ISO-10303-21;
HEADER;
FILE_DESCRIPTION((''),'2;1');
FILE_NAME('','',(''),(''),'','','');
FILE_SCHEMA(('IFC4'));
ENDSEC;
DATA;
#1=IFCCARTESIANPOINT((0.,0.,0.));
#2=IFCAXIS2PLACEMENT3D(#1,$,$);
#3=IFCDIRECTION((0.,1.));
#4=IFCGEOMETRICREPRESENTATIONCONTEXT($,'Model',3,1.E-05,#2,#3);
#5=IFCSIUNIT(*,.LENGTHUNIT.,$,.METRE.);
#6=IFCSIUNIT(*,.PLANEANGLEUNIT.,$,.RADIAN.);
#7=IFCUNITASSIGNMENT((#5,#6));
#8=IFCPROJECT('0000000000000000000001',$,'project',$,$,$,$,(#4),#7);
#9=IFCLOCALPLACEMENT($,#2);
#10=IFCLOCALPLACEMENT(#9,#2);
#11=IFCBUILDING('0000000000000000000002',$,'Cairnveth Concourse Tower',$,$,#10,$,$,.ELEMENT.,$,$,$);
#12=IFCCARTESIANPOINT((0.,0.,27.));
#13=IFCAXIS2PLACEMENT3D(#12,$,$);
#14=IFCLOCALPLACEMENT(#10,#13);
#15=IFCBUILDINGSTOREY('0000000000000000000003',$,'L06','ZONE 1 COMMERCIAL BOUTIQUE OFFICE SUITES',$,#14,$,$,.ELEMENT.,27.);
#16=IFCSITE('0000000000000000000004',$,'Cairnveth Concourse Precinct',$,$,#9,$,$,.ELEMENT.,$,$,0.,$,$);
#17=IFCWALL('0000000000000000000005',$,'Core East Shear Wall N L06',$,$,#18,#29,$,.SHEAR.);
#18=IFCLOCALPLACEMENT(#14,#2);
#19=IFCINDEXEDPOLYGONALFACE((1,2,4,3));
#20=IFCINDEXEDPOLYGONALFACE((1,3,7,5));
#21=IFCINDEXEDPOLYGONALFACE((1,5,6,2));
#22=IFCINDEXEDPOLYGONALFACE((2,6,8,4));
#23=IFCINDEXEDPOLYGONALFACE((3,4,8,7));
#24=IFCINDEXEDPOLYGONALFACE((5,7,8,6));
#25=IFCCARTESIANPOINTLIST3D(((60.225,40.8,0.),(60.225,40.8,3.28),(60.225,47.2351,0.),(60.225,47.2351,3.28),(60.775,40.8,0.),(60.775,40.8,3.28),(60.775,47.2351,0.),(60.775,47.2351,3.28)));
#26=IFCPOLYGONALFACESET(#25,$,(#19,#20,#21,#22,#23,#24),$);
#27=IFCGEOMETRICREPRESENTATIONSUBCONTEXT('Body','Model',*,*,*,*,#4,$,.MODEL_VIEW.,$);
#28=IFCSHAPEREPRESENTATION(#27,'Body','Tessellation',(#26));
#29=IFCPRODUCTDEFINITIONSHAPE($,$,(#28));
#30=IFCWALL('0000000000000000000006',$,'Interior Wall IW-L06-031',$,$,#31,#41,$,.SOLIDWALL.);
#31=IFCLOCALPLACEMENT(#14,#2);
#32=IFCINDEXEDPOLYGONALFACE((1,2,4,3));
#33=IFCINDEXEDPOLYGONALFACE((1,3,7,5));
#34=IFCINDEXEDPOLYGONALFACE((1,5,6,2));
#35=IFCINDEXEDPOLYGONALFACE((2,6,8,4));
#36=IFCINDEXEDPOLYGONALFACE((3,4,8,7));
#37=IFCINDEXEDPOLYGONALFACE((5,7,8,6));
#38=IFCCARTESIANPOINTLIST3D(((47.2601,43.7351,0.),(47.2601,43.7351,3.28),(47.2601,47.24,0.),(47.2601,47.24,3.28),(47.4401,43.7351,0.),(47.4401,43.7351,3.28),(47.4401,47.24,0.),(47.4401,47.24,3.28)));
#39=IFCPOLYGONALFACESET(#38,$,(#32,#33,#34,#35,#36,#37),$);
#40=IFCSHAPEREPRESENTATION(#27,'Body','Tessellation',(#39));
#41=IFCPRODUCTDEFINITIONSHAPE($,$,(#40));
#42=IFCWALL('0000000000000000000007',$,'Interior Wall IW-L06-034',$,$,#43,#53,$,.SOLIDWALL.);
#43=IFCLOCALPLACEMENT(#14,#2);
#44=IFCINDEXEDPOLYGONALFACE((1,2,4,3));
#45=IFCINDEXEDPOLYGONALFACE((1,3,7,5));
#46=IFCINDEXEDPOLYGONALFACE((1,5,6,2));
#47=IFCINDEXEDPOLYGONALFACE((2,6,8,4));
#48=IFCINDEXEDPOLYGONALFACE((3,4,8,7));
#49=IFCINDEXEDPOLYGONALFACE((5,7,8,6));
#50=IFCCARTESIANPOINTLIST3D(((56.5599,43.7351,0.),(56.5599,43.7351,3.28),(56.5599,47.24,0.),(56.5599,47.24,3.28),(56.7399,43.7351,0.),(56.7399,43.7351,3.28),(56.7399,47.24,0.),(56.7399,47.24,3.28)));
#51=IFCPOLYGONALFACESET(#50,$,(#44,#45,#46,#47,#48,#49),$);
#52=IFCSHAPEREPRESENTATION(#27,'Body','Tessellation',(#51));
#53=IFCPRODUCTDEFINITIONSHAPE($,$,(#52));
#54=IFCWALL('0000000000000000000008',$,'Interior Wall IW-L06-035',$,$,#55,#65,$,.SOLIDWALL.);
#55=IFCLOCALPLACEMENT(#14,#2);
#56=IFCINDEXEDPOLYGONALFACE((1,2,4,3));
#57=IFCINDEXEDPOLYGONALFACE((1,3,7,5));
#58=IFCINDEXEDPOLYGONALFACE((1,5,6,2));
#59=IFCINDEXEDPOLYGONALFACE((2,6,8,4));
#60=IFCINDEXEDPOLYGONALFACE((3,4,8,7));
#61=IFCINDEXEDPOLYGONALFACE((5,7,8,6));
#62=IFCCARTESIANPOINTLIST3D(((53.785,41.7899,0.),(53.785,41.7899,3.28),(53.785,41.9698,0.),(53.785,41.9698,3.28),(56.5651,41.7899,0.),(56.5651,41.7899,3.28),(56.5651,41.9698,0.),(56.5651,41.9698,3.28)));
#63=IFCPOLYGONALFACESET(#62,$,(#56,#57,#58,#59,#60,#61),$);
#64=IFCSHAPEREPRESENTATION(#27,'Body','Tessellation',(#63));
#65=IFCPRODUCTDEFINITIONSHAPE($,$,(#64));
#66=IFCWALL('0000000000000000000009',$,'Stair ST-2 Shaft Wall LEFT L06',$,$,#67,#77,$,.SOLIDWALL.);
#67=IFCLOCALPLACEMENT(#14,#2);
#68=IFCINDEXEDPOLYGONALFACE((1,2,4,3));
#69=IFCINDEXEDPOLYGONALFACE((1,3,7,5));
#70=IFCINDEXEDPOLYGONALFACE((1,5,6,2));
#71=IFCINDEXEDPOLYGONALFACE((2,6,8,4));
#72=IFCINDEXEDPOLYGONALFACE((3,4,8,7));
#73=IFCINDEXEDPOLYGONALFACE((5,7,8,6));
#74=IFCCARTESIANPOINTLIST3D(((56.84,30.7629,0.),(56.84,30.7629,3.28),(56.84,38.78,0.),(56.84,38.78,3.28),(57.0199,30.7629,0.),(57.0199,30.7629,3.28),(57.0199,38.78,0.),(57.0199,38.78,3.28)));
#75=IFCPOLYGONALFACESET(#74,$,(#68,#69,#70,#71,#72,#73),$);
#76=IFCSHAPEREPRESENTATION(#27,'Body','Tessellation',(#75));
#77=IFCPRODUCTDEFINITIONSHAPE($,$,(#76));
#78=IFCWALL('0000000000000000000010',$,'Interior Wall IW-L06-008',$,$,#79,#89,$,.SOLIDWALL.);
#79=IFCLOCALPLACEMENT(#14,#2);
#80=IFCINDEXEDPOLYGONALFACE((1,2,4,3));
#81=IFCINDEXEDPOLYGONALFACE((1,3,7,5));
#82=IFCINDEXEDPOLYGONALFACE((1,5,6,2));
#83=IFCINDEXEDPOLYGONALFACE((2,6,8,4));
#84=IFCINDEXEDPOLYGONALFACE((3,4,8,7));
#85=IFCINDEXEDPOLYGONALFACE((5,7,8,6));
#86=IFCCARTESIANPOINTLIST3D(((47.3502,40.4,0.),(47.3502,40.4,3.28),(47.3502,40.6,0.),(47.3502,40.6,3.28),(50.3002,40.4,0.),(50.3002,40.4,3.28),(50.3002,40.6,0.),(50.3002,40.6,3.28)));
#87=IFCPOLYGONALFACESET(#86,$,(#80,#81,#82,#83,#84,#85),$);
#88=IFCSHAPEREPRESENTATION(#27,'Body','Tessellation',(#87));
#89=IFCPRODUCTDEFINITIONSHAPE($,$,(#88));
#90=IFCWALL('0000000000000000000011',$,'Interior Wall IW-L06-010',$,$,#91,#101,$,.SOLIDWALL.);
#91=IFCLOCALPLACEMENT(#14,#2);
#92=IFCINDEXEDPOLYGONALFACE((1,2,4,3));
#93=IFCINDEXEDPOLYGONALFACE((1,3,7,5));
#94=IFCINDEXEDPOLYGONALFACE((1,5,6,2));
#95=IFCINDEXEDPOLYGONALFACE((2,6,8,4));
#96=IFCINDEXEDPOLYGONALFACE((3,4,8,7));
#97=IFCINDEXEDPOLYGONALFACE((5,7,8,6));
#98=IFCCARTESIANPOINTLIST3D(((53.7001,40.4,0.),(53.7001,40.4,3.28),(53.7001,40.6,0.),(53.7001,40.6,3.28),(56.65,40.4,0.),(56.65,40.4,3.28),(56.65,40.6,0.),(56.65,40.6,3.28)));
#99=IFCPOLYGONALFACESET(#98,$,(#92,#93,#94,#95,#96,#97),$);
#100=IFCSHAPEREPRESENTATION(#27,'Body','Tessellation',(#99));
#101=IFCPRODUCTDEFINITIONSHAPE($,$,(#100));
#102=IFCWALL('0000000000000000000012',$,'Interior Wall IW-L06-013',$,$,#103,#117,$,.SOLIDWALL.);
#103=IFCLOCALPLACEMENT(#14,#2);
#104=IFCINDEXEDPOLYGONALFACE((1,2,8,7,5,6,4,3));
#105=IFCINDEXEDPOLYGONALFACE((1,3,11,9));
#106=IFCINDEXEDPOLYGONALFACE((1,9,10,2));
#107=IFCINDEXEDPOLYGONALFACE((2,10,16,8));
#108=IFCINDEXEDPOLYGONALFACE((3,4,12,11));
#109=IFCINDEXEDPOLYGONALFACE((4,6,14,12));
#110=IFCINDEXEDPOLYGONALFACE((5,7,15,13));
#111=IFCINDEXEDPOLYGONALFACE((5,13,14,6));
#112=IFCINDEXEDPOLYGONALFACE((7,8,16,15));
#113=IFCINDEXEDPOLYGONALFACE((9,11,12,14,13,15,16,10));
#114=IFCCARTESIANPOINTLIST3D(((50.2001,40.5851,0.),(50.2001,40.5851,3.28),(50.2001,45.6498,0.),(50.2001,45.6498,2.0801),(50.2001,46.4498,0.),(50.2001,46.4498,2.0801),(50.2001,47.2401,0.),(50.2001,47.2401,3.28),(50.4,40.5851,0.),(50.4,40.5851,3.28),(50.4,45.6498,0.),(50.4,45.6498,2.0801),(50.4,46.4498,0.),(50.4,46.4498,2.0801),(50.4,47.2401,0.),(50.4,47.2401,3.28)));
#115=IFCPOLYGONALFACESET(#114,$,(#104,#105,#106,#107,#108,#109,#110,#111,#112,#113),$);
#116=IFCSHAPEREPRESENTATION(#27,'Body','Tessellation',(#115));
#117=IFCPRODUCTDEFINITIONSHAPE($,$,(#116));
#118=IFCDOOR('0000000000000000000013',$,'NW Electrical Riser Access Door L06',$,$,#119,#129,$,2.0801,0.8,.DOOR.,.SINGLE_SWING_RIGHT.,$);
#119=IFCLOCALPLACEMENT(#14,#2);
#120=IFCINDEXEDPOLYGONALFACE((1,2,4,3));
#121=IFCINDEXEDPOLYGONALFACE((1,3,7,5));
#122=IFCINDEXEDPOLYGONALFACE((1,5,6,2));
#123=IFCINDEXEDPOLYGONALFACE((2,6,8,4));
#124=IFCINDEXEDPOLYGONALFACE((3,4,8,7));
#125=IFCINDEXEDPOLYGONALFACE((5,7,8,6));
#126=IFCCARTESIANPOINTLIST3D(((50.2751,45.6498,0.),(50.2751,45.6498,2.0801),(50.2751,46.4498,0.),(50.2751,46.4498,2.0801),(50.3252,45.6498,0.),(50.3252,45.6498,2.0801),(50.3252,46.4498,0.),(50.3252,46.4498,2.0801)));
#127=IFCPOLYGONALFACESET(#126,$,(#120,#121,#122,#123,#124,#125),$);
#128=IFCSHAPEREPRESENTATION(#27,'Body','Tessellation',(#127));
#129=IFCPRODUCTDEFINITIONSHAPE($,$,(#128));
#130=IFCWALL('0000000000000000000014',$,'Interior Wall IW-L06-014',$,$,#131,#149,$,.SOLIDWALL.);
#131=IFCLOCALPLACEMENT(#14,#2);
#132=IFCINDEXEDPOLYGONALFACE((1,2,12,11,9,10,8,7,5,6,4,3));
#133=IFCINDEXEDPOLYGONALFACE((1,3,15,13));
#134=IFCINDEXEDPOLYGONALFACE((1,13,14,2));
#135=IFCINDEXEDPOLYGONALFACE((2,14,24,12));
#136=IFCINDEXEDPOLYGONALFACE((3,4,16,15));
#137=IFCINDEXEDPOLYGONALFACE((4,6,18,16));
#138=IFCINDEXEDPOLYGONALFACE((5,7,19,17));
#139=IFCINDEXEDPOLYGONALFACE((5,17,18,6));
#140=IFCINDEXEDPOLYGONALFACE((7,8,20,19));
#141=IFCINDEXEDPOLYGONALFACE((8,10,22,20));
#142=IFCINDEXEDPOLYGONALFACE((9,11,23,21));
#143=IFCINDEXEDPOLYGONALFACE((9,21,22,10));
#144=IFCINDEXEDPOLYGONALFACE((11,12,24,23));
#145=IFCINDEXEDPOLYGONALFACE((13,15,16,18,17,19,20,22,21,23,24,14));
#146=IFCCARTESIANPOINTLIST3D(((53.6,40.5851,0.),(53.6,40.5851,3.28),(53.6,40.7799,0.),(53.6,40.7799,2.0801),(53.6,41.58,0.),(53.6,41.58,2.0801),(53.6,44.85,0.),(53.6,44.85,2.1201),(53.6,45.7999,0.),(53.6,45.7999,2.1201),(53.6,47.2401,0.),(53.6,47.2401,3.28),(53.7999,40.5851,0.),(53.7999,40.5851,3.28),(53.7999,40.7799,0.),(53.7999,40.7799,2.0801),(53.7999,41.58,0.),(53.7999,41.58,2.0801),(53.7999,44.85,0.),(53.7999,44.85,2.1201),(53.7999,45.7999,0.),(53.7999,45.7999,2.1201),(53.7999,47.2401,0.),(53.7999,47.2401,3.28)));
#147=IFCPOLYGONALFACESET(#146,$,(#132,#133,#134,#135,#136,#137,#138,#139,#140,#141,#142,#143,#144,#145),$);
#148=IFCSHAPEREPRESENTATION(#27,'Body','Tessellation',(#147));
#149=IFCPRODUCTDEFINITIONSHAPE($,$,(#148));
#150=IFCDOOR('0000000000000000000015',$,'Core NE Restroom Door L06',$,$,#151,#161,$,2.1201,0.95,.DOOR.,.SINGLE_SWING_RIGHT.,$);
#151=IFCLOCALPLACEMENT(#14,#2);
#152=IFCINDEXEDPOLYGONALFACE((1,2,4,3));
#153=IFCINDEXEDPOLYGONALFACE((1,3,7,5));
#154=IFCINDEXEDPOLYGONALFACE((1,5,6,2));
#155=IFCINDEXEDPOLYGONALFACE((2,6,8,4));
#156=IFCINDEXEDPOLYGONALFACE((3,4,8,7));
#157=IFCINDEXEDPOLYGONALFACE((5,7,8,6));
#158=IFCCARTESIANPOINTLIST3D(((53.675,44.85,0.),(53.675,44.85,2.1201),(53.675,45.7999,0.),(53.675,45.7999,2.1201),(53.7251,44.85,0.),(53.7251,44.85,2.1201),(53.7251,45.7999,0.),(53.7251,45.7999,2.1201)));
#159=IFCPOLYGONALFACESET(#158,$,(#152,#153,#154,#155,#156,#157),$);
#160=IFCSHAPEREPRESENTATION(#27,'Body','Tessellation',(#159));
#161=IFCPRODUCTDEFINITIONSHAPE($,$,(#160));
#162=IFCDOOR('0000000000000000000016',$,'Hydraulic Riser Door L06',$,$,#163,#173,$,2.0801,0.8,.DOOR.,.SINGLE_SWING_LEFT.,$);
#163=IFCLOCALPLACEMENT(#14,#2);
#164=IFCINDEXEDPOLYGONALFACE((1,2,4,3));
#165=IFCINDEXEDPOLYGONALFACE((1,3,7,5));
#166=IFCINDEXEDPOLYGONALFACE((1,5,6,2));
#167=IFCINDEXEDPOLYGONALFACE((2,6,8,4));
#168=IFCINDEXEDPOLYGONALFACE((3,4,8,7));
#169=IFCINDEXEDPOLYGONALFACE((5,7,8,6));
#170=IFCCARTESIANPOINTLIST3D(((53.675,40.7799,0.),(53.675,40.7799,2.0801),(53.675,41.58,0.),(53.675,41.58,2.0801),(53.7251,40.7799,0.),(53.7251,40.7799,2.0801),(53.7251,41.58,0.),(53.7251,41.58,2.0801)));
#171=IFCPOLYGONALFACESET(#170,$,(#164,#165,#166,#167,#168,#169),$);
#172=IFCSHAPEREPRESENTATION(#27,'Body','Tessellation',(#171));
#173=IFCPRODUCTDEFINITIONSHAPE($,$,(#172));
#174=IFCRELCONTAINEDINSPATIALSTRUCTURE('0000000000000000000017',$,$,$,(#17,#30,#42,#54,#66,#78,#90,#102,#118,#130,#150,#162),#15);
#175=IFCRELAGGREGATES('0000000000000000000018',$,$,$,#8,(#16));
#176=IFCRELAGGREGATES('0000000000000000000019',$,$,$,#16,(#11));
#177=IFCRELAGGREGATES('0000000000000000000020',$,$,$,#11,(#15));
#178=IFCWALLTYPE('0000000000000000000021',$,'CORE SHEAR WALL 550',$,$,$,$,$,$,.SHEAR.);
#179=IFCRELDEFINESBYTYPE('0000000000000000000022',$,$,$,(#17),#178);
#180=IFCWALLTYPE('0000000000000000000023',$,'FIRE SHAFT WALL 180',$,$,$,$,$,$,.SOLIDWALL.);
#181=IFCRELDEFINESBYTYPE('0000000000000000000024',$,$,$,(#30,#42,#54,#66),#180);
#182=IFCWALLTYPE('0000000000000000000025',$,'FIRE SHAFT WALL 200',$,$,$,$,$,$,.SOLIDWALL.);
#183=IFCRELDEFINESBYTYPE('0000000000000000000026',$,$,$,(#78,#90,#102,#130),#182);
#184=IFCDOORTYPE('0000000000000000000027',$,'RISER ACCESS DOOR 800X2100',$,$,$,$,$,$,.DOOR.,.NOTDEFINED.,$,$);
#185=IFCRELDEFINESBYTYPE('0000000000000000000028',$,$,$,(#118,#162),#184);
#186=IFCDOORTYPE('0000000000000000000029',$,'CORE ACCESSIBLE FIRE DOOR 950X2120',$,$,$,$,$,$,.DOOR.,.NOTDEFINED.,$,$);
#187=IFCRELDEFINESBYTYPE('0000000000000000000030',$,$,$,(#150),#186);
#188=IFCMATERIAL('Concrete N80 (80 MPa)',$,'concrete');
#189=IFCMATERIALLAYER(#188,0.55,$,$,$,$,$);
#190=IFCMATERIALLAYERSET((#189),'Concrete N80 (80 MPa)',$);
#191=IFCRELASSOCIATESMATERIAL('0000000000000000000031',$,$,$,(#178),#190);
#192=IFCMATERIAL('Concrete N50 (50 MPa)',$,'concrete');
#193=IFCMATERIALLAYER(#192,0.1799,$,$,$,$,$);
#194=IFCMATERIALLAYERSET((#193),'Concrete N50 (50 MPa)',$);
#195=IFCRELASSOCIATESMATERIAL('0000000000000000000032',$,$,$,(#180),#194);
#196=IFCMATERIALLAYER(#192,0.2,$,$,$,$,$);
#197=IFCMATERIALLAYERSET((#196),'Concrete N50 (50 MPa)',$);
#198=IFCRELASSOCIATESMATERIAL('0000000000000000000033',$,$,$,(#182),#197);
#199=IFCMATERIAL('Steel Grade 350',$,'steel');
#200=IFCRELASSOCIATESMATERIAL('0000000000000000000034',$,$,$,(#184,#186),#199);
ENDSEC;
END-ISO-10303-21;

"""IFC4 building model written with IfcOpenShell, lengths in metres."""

from ifc_helpers import new_model, si_unit, direction, frame, frame_2d, origin, place, context, subcontext, project, spatial, rectangle, extrude, material, layer, layer_set, type_object, element, fill, save


model = new_model("IFC4")

# Units and contexts
model_context = context("Model", 3, precision=1e-05, world=origin(), true_north=direction((0.0, 1.0)))
body_context = subcontext(model_context, "Body", "Model", "MODEL_VIEW")
ifc_project = project(units=[si_unit("LENGTHUNIT", "METRE"), si_unit("PLANEANGLEUNIT", "RADIAN")], contexts=[model_context])

# Site, building, storey
site_placement = place(None, origin())
site = spatial("IfcSite", under=ifc_project, at=site_placement, Name="Cairnveth Concourse Precinct", CompositionType="ELEMENT", RefElevation=0.0)
building_placement = place(site_placement, origin())
building = spatial("IfcBuilding", under=site, at=building_placement, Name="Cairnveth Concourse Tower", CompositionType="ELEMENT")
storey_placement = place(building_placement, frame((0.0, 0.0, 27.0)))
storey = spatial("IfcBuildingStorey", under=building, at=storey_placement, Name="L06", Description="ZONE 1 COMMERCIAL BOUTIQUE OFFICE SUITES", CompositionType="ELEMENT", Elevation=27.0)

# Walls
ifc_material_1 = material(Name="Concrete N80 (80 MPa)", Category="concrete")
ifc_layer_1 = layer(ifc_material_1, 0.55)
ifc_layer_set_1 = layer_set([ifc_layer_1], Name="Concrete N80 (80 MPa)")
wall_type_1 = type_object("IfcWallType", Name="CORE SHEAR WALL 550", PredefinedType="SHEAR", material=ifc_layer_set_1)
wall_1_placement = place(storey_placement, frame((60.5, 40.8, 0.0), z_axis=(0.0, 0.0, 1.0), x_axis=(0.0, 1.0, 0.0)))
element("IfcWall", 1, at=wall_1_placement, inside=storey, type_object=wall_type_1, Name="Core East Shear Wall N L06", PredefinedType="SHEAR", context=body_context, shape_type="SweptSolid", body=[
    extrude(rectangle(XDim=6.4351, YDim=0.55, at=frame_2d((3.2175, 0.0))), origin(), (0.0, 0.0, 1.0), 3.28),
])
ifc_material_2 = material(Name="Concrete N50 (50 MPa)", Category="concrete")
ifc_layer_2 = layer(ifc_material_2, 0.1799)
ifc_layer_set_2 = layer_set([ifc_layer_2], Name="Concrete N50 (50 MPa)")
wall_type_2 = type_object("IfcWallType", Name="FIRE SHAFT WALL 180", PredefinedType="SOLIDWALL", material=ifc_layer_set_2)
for number, where, z_axis, x_axis, name in (
    (2, (47.3501, 43.7351, 0.0), (0.0, 0.0, 1.0), (0.0, 1.0, 0.0), "Interior Wall IW-L06-031"),
    (3, (56.6499, 43.7351, 0.0), (0.0, 0.0, 1.0), (0.0, 1.0, 0.0), "Interior Wall IW-L06-034"),
):
    element("IfcWall", number, at=place(storey_placement, frame(where, z_axis=z_axis, x_axis=x_axis)), inside=storey, type_object=wall_type_2, Name=name, PredefinedType="SOLIDWALL", context=body_context, shape_type="SweptSolid", body=[
        extrude(rectangle(XDim=3.5049, YDim=0.1799, at=frame_2d((1.7524, 0.0))), origin(), (0.0, 0.0, 1.0), 3.28),
    ])
wall_2_placement = place(storey_placement, frame((53.7849, 41.8799, 0.0), z_axis=(0.0, 0.0, 1.0), x_axis=(1.0, 0.0, 0.0)))
element("IfcWall", 4, at=wall_2_placement, inside=storey, type_object=wall_type_2, Name="Interior Wall IW-L06-035", PredefinedType="SOLIDWALL", context=body_context, shape_type="SweptSolid", body=[
    extrude(rectangle(XDim=2.78, YDim=0.1799, at=frame_2d((1.3901, 0.0))), origin(), (0.0, 0.0, 1.0), 3.28),
])
wall_3_placement = place(storey_placement, frame((56.9299, 38.78, 0.0), z_axis=(0.0, 0.0, 1.0), x_axis=(0.0, -1.0, 0.0)))
element("IfcWall", 5, at=wall_3_placement, inside=storey, type_object=wall_type_2, Name="Stair ST-2 Shaft Wall LEFT L06", PredefinedType="SOLIDWALL", context=body_context, shape_type="SweptSolid", body=[
    extrude(rectangle(XDim=8.0171, YDim=0.1799, at=frame_2d((4.0085, 0.0))), origin(), (0.0, 0.0, 1.0), 3.28),
])
ifc_layer_3 = layer(ifc_material_2, 0.2)
ifc_layer_set_3 = layer_set([ifc_layer_3], Name="Concrete N50 (50 MPa)")
wall_type_3 = type_object("IfcWallType", Name="FIRE SHAFT WALL 200", PredefinedType="SOLIDWALL", material=ifc_layer_set_3)
for number, where, z_axis, x_axis, name in (
    (6, (47.3501, 40.5, 0.0), (0.0, 0.0, 1.0), (1.0, 0.0, 0.0), "Interior Wall IW-L06-008"),
    (7, (53.7, 40.5, 0.0), (0.0, 0.0, 1.0), (1.0, 0.0, 0.0), "Interior Wall IW-L06-010"),
):
    element("IfcWall", number, at=place(storey_placement, frame(where, z_axis=z_axis, x_axis=x_axis)), inside=storey, type_object=wall_type_3, Name=name, PredefinedType="SOLIDWALL", context=body_context, shape_type="SweptSolid", body=[
        extrude(rectangle(XDim=2.95, YDim=0.2, at=frame_2d((1.4751, 0.0))), origin(), (0.0, 0.0, 1.0), 3.28),
    ])

# Wall, opening, door
wall_4_placement = place(storey_placement, frame((50.3, 40.585, 0.0), z_axis=(0.0, 0.0, 1.0), x_axis=(0.0, 1.0, 0.0)))
wall_4 = element("IfcWall", 8, at=wall_4_placement, inside=storey, type_object=wall_type_3, Name="Interior Wall IW-L06-013", PredefinedType="SOLIDWALL", context=body_context, shape_type="SweptSolid", body=[
    extrude(rectangle(XDim=6.655, YDim=0.2, at=frame_2d((3.3276, 0.0))), origin(), (0.0, 0.0, 1.0), 3.28),
])
opening_1_placement = place(wall_4_placement, frame((5.0649, 0.0, 0.0)))
opening_1 = element("IfcOpeningElement", 9, at=opening_1_placement, cuts=wall_4, PredefinedType="OPENING", context=body_context, shape_type="SweptSolid", body=[
    extrude(rectangle(XDim=0.8, YDim=2.0801, at=frame_2d((0.3999, 1.04))), frame((0.0, 0.1099, 0.0), z_axis=(0.0, -1.0, 0.0), x_axis=(1.0, 0.0, 0.0)), (0.0, 0.0, 1.0), 0.22),
])
ifc_material_3 = material(Name="Steel Grade 350", Category="steel")
door_type_1 = type_object("IfcDoorType", Name="RISER ACCESS DOOR 800X2100", OperationType="NOTDEFINED", PredefinedType="DOOR", material=ifc_material_3)
door_1_placement = place(opening_1_placement, origin())
door_1 = element("IfcDoor", 10, at=door_1_placement, inside=storey, type_object=door_type_1, Name="NW Electrical Riser Access Door L06", OperationType="SINGLE_SWING_RIGHT", OverallHeight=2.0801, OverallWidth=0.8, PredefinedType="DOOR", context=body_context, shape_type="SweptSolid", body=[
    extrude(rectangle(XDim=0.8, YDim=2.0801, at=frame_2d((0.3999, 1.04))), frame((0.0, 0.0249, 0.0), z_axis=(0.0, -1.0, 0.0), x_axis=(1.0, 0.0, 0.0)), (0.0, 0.0, 1.0), 0.05),
])
fill(opening_1, door_1)

# Wall, openings, doors
wall_5_placement = place(storey_placement, frame((53.7, 40.585, 0.0), z_axis=(0.0, 0.0, 1.0), x_axis=(0.0, 1.0, 0.0)))
wall_5 = element("IfcWall", 11, at=wall_5_placement, inside=storey, type_object=wall_type_3, Name="Interior Wall IW-L06-014", PredefinedType="SOLIDWALL", context=body_context, shape_type="SweptSolid", body=[
    extrude(rectangle(XDim=6.655, YDim=0.2, at=frame_2d((3.3276, 0.0))), origin(), (0.0, 0.0, 1.0), 3.28),
])
opening_2_placement = place(wall_5_placement, frame((0.1951, 0.0, 0.0)))
opening_2 = element("IfcOpeningElement", 12, at=opening_2_placement, cuts=wall_5, PredefinedType="OPENING", context=body_context, shape_type="SweptSolid", body=[
    extrude(rectangle(XDim=0.8, YDim=2.0801, at=frame_2d((0.3999, 1.04))), frame((0.0, 0.1099, 0.0), z_axis=(0.0, -1.0, 0.0), x_axis=(1.0, 0.0, 0.0)), (0.0, 0.0, 1.0), 0.22),
])
opening_3_placement = place(wall_5_placement, frame((4.2649, 0.0, 0.0)))
opening_3 = element("IfcOpeningElement", 13, at=opening_3_placement, cuts=wall_5, PredefinedType="OPENING", context=body_context, shape_type="SweptSolid", body=[
    extrude(rectangle(XDim=0.95, YDim=2.1201, at=frame_2d((0.4751, 1.0601))), frame((0.0, 0.1099, 0.0), z_axis=(0.0, -1.0, 0.0), x_axis=(1.0, 0.0, 0.0)), (0.0, 0.0, 1.0), 0.22),
])
door_type_2 = type_object("IfcDoorType", Name="CORE ACCESSIBLE FIRE DOOR 950X2120", OperationType="NOTDEFINED", PredefinedType="DOOR", material=ifc_material_3)
door_2_placement = place(opening_3_placement, origin())
door_2 = element("IfcDoor", 14, at=door_2_placement, inside=storey, type_object=door_type_2, Name="Core NE Restroom Door L06", OperationType="SINGLE_SWING_RIGHT", OverallHeight=2.1201, OverallWidth=0.95, PredefinedType="DOOR", context=body_context, shape_type="SweptSolid", body=[
    extrude(rectangle(XDim=0.95, YDim=2.1201, at=frame_2d((0.4751, 1.0601))), frame((0.0, 0.0249, 0.0), z_axis=(0.0, -1.0, 0.0), x_axis=(1.0, 0.0, 0.0)), (0.0, 0.0, 1.0), 0.05),
])
fill(opening_3, door_2)
door_3_placement = place(opening_2_placement, origin())
door_3 = element("IfcDoor", 15, at=door_3_placement, inside=storey, type_object=door_type_1, Name="Hydraulic Riser Door L06", OperationType="SINGLE_SWING_LEFT", OverallHeight=2.0801, OverallWidth=0.8, PredefinedType="DOOR", context=body_context, shape_type="SweptSolid", body=[
    extrude(rectangle(XDim=0.8, YDim=2.0801, at=frame_2d((0.3999, 1.04))), frame((0.0, 0.0249, 0.0), z_axis=(0.0, -1.0, 0.0), x_axis=(1.0, 0.0, 0.0)), (0.0, 0.0, 1.0), 0.05),
])
fill(opening_2, door_3)

save(model, "model.ifc")
